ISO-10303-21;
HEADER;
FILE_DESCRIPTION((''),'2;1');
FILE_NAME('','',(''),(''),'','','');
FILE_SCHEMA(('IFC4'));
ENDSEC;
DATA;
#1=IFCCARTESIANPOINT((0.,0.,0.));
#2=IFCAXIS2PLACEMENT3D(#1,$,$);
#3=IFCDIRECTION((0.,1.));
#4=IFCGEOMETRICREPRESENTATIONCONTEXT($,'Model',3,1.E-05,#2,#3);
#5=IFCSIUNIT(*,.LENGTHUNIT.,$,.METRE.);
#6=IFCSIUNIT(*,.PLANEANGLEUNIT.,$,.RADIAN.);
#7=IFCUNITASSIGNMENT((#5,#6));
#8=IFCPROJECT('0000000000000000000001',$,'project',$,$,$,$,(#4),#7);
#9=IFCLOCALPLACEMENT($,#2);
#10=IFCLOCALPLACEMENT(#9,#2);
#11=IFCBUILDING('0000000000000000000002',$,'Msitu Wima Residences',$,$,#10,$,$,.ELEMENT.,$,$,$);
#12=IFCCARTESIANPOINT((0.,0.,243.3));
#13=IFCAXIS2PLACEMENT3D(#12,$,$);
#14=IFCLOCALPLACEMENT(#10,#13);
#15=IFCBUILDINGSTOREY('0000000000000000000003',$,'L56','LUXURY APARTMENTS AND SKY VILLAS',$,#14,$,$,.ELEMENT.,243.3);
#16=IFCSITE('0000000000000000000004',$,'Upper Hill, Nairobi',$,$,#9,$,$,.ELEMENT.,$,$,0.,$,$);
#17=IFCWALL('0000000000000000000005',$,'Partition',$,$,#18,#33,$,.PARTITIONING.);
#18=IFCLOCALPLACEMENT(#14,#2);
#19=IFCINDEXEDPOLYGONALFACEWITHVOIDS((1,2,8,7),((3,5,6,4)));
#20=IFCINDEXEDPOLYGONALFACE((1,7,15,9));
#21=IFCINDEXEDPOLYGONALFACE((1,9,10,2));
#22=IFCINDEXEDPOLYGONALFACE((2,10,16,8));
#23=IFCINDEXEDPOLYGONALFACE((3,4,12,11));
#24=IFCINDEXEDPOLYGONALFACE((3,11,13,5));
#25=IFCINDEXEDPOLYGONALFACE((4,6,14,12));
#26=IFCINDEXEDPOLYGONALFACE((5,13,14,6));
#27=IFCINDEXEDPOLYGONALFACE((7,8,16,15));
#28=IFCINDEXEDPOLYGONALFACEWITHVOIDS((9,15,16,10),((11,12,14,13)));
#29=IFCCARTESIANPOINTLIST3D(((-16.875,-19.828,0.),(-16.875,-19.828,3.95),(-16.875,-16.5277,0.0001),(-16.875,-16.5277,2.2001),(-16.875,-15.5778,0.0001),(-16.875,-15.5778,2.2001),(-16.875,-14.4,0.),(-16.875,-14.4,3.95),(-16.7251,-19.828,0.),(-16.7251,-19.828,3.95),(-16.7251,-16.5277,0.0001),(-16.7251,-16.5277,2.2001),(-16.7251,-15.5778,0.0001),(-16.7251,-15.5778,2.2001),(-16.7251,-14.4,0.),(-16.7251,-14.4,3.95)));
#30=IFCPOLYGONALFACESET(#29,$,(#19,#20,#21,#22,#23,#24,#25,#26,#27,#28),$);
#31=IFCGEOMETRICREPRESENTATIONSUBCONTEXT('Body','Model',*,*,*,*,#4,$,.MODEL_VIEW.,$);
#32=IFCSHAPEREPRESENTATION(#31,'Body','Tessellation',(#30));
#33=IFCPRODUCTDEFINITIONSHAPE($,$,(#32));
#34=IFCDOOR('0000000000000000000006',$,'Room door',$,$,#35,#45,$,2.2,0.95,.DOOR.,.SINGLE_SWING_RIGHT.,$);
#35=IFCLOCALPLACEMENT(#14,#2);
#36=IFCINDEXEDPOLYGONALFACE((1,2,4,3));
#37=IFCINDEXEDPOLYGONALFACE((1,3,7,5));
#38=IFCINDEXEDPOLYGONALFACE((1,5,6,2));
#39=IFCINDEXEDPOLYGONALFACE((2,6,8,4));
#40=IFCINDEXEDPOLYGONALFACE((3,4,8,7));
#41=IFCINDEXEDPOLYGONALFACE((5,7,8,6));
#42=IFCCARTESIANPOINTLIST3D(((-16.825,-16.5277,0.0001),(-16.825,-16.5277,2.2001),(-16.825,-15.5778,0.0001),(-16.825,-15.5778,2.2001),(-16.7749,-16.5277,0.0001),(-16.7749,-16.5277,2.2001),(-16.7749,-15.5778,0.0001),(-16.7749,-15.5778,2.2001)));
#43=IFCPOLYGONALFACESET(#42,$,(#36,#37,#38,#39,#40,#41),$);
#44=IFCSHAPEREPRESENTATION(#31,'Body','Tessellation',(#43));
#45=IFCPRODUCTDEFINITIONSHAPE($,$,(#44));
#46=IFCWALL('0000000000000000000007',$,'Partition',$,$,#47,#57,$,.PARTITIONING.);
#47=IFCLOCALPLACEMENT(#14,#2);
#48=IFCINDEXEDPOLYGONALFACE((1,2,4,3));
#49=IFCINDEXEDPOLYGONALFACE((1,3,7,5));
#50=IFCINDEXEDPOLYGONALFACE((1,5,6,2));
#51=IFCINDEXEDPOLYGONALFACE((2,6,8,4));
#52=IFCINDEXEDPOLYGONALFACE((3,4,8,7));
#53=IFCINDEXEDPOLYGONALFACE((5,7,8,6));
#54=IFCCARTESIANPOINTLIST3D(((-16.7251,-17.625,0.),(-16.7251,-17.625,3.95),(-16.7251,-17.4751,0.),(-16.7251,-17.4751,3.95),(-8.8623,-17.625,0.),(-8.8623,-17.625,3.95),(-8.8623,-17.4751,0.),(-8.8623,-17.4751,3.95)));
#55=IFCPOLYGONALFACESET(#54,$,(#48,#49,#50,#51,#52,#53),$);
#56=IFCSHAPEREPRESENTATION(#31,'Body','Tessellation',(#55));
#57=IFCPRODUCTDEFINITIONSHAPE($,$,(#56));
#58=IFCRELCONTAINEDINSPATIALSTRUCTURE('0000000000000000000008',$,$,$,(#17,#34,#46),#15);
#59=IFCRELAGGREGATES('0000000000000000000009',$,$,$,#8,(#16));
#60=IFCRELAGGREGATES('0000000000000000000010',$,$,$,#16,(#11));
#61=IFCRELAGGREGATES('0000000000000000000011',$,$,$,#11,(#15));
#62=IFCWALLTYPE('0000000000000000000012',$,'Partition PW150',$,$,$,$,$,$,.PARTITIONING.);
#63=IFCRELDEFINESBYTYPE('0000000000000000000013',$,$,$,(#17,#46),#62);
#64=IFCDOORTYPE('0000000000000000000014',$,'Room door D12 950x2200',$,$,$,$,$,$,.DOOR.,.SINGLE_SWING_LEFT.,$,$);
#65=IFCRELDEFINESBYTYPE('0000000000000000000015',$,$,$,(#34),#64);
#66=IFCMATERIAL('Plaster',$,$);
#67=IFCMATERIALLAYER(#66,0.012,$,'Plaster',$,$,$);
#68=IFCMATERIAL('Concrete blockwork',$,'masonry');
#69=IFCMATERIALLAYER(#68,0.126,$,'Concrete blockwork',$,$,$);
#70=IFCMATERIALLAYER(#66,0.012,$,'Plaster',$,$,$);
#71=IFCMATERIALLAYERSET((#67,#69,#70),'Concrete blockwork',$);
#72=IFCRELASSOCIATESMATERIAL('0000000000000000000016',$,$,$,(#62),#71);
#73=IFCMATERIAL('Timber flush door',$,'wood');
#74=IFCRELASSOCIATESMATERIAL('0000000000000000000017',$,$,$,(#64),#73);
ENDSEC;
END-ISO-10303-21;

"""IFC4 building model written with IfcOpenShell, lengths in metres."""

from ifc_helpers import new_model, si_unit, direction, frame, frame_2d, origin, place, context, subcontext, project, spatial, rectangle, extrude, material, layer, layer_set, type_object, element, fill, save


model = new_model("IFC4")

# Units and contexts
model_context = context("Model", 3, precision=1e-05, world=origin(), true_north=direction((0.0, 1.0)))
body_context = subcontext(model_context, "Body", "Model", "MODEL_VIEW")
ifc_project = project(units=[si_unit("LENGTHUNIT", "METRE"), si_unit("PLANEANGLEUNIT", "RADIAN")], contexts=[model_context])

# Site, building, storey
site_placement = place(None, origin())
site = spatial("IfcSite", under=ifc_project, at=site_placement, Name="Upper Hill, Nairobi", CompositionType="ELEMENT", RefElevation=0.0)
building_placement = place(site_placement, origin())
building = spatial("IfcBuilding", under=site, at=building_placement, Name="Msitu Wima Residences", CompositionType="ELEMENT")
storey_placement = place(building_placement, frame((0.0, 0.0, 243.3)))
storey = spatial("IfcBuildingStorey", under=building, at=storey_placement, Name="L56", Description="LUXURY APARTMENTS AND SKY VILLAS", CompositionType="ELEMENT", Elevation=243.3)

# Shared definitions
ifc_material_1 = material(Name="Plaster")
ifc_material_2 = material(Name="Concrete blockwork", Category="masonry")

# Shared definitions
ifc_layer_1 = layer(ifc_material_1, 0.012, Name="Plaster")
ifc_layer_2 = layer(ifc_material_2, 0.126, Name="Concrete blockwork")
ifc_layer_3 = layer(ifc_material_1, 0.012, Name="Plaster")
ifc_layer_set_1 = layer_set([ifc_layer_1, ifc_layer_2, ifc_layer_3], Name="Concrete blockwork")
wall_type_1 = type_object("IfcWallType", Name="Partition PW150", PredefinedType="PARTITIONING", material=ifc_layer_set_1)

# Wall, opening, door
wall_1_placement = place(storey_placement, frame((-16.8, -19.8279, 0.0), z_axis=(0.0, 0.0, 1.0), x_axis=(0.0, 1.0, 0.0)))
wall_1 = element("IfcWall", 1, at=wall_1_placement, inside=storey, type_object=wall_type_1, Name="Partition", PredefinedType="PARTITIONING", context=body_context, shape_type="SweptSolid", body=[
    extrude(rectangle(XDim=5.428, YDim=0.1499, at=frame_2d((2.7139, 0.0))), origin(), (0.0, 0.0, 1.0), 3.95),
])
opening_1_placement = place(wall_1_placement, frame((3.3, 0.0, 0.0)))
opening_1 = element("IfcOpeningElement", 2, at=opening_1_placement, cuts=wall_1, PredefinedType="OPENING", context=body_context, shape_type="SweptSolid", body=[
    extrude(rectangle(XDim=0.95, YDim=2.2, at=frame_2d((0.4751, 1.1001))), frame((0.0, 0.085, 0.0), z_axis=(0.0, -1.0, 0.0), x_axis=(1.0, 0.0, 0.0)), (0.0, 0.0, 1.0), 0.1699),
])
ifc_material_3 = material(Name="Timber flush door", Category="wood")
door_type_1 = type_object("IfcDoorType", Name="Room door D12 950x2200", OperationType="SINGLE_SWING_LEFT", PredefinedType="DOOR", material=ifc_material_3)
door_1_placement = place(opening_1_placement, origin())
door_1 = element("IfcDoor", 3, at=door_1_placement, inside=storey, type_object=door_type_1, Name="Room door", OperationType="SINGLE_SWING_RIGHT", OverallHeight=2.2, OverallWidth=0.95, PredefinedType="DOOR", context=body_context, shape_type="SweptSolid", body=[
    extrude(rectangle(XDim=0.95, YDim=2.2, at=frame_2d((0.4751, 1.1001))), frame((0.0, 0.0249, 0.0), z_axis=(0.0, -1.0, 0.0), x_axis=(1.0, 0.0, 0.0)), (0.0, 0.0, 1.0), 0.05),
])
fill(opening_1, door_1)

# Wall
wall_2_placement = place(storey_placement, frame((-16.7251, -17.55, 0.0), z_axis=(0.0, 0.0, 1.0), x_axis=(1.0, 0.0, 0.0)))
element("IfcWall", 4, at=wall_2_placement, inside=storey, type_object=wall_type_1, Name="Partition", PredefinedType="PARTITIONING", context=body_context, shape_type="SweptSolid", body=[
    extrude(rectangle(XDim=7.8628, YDim=0.1499, at=frame_2d((3.9314, 0.0))), origin(), (0.0, 0.0, 1.0), 3.95),
])

save(model, "model.ifc")
